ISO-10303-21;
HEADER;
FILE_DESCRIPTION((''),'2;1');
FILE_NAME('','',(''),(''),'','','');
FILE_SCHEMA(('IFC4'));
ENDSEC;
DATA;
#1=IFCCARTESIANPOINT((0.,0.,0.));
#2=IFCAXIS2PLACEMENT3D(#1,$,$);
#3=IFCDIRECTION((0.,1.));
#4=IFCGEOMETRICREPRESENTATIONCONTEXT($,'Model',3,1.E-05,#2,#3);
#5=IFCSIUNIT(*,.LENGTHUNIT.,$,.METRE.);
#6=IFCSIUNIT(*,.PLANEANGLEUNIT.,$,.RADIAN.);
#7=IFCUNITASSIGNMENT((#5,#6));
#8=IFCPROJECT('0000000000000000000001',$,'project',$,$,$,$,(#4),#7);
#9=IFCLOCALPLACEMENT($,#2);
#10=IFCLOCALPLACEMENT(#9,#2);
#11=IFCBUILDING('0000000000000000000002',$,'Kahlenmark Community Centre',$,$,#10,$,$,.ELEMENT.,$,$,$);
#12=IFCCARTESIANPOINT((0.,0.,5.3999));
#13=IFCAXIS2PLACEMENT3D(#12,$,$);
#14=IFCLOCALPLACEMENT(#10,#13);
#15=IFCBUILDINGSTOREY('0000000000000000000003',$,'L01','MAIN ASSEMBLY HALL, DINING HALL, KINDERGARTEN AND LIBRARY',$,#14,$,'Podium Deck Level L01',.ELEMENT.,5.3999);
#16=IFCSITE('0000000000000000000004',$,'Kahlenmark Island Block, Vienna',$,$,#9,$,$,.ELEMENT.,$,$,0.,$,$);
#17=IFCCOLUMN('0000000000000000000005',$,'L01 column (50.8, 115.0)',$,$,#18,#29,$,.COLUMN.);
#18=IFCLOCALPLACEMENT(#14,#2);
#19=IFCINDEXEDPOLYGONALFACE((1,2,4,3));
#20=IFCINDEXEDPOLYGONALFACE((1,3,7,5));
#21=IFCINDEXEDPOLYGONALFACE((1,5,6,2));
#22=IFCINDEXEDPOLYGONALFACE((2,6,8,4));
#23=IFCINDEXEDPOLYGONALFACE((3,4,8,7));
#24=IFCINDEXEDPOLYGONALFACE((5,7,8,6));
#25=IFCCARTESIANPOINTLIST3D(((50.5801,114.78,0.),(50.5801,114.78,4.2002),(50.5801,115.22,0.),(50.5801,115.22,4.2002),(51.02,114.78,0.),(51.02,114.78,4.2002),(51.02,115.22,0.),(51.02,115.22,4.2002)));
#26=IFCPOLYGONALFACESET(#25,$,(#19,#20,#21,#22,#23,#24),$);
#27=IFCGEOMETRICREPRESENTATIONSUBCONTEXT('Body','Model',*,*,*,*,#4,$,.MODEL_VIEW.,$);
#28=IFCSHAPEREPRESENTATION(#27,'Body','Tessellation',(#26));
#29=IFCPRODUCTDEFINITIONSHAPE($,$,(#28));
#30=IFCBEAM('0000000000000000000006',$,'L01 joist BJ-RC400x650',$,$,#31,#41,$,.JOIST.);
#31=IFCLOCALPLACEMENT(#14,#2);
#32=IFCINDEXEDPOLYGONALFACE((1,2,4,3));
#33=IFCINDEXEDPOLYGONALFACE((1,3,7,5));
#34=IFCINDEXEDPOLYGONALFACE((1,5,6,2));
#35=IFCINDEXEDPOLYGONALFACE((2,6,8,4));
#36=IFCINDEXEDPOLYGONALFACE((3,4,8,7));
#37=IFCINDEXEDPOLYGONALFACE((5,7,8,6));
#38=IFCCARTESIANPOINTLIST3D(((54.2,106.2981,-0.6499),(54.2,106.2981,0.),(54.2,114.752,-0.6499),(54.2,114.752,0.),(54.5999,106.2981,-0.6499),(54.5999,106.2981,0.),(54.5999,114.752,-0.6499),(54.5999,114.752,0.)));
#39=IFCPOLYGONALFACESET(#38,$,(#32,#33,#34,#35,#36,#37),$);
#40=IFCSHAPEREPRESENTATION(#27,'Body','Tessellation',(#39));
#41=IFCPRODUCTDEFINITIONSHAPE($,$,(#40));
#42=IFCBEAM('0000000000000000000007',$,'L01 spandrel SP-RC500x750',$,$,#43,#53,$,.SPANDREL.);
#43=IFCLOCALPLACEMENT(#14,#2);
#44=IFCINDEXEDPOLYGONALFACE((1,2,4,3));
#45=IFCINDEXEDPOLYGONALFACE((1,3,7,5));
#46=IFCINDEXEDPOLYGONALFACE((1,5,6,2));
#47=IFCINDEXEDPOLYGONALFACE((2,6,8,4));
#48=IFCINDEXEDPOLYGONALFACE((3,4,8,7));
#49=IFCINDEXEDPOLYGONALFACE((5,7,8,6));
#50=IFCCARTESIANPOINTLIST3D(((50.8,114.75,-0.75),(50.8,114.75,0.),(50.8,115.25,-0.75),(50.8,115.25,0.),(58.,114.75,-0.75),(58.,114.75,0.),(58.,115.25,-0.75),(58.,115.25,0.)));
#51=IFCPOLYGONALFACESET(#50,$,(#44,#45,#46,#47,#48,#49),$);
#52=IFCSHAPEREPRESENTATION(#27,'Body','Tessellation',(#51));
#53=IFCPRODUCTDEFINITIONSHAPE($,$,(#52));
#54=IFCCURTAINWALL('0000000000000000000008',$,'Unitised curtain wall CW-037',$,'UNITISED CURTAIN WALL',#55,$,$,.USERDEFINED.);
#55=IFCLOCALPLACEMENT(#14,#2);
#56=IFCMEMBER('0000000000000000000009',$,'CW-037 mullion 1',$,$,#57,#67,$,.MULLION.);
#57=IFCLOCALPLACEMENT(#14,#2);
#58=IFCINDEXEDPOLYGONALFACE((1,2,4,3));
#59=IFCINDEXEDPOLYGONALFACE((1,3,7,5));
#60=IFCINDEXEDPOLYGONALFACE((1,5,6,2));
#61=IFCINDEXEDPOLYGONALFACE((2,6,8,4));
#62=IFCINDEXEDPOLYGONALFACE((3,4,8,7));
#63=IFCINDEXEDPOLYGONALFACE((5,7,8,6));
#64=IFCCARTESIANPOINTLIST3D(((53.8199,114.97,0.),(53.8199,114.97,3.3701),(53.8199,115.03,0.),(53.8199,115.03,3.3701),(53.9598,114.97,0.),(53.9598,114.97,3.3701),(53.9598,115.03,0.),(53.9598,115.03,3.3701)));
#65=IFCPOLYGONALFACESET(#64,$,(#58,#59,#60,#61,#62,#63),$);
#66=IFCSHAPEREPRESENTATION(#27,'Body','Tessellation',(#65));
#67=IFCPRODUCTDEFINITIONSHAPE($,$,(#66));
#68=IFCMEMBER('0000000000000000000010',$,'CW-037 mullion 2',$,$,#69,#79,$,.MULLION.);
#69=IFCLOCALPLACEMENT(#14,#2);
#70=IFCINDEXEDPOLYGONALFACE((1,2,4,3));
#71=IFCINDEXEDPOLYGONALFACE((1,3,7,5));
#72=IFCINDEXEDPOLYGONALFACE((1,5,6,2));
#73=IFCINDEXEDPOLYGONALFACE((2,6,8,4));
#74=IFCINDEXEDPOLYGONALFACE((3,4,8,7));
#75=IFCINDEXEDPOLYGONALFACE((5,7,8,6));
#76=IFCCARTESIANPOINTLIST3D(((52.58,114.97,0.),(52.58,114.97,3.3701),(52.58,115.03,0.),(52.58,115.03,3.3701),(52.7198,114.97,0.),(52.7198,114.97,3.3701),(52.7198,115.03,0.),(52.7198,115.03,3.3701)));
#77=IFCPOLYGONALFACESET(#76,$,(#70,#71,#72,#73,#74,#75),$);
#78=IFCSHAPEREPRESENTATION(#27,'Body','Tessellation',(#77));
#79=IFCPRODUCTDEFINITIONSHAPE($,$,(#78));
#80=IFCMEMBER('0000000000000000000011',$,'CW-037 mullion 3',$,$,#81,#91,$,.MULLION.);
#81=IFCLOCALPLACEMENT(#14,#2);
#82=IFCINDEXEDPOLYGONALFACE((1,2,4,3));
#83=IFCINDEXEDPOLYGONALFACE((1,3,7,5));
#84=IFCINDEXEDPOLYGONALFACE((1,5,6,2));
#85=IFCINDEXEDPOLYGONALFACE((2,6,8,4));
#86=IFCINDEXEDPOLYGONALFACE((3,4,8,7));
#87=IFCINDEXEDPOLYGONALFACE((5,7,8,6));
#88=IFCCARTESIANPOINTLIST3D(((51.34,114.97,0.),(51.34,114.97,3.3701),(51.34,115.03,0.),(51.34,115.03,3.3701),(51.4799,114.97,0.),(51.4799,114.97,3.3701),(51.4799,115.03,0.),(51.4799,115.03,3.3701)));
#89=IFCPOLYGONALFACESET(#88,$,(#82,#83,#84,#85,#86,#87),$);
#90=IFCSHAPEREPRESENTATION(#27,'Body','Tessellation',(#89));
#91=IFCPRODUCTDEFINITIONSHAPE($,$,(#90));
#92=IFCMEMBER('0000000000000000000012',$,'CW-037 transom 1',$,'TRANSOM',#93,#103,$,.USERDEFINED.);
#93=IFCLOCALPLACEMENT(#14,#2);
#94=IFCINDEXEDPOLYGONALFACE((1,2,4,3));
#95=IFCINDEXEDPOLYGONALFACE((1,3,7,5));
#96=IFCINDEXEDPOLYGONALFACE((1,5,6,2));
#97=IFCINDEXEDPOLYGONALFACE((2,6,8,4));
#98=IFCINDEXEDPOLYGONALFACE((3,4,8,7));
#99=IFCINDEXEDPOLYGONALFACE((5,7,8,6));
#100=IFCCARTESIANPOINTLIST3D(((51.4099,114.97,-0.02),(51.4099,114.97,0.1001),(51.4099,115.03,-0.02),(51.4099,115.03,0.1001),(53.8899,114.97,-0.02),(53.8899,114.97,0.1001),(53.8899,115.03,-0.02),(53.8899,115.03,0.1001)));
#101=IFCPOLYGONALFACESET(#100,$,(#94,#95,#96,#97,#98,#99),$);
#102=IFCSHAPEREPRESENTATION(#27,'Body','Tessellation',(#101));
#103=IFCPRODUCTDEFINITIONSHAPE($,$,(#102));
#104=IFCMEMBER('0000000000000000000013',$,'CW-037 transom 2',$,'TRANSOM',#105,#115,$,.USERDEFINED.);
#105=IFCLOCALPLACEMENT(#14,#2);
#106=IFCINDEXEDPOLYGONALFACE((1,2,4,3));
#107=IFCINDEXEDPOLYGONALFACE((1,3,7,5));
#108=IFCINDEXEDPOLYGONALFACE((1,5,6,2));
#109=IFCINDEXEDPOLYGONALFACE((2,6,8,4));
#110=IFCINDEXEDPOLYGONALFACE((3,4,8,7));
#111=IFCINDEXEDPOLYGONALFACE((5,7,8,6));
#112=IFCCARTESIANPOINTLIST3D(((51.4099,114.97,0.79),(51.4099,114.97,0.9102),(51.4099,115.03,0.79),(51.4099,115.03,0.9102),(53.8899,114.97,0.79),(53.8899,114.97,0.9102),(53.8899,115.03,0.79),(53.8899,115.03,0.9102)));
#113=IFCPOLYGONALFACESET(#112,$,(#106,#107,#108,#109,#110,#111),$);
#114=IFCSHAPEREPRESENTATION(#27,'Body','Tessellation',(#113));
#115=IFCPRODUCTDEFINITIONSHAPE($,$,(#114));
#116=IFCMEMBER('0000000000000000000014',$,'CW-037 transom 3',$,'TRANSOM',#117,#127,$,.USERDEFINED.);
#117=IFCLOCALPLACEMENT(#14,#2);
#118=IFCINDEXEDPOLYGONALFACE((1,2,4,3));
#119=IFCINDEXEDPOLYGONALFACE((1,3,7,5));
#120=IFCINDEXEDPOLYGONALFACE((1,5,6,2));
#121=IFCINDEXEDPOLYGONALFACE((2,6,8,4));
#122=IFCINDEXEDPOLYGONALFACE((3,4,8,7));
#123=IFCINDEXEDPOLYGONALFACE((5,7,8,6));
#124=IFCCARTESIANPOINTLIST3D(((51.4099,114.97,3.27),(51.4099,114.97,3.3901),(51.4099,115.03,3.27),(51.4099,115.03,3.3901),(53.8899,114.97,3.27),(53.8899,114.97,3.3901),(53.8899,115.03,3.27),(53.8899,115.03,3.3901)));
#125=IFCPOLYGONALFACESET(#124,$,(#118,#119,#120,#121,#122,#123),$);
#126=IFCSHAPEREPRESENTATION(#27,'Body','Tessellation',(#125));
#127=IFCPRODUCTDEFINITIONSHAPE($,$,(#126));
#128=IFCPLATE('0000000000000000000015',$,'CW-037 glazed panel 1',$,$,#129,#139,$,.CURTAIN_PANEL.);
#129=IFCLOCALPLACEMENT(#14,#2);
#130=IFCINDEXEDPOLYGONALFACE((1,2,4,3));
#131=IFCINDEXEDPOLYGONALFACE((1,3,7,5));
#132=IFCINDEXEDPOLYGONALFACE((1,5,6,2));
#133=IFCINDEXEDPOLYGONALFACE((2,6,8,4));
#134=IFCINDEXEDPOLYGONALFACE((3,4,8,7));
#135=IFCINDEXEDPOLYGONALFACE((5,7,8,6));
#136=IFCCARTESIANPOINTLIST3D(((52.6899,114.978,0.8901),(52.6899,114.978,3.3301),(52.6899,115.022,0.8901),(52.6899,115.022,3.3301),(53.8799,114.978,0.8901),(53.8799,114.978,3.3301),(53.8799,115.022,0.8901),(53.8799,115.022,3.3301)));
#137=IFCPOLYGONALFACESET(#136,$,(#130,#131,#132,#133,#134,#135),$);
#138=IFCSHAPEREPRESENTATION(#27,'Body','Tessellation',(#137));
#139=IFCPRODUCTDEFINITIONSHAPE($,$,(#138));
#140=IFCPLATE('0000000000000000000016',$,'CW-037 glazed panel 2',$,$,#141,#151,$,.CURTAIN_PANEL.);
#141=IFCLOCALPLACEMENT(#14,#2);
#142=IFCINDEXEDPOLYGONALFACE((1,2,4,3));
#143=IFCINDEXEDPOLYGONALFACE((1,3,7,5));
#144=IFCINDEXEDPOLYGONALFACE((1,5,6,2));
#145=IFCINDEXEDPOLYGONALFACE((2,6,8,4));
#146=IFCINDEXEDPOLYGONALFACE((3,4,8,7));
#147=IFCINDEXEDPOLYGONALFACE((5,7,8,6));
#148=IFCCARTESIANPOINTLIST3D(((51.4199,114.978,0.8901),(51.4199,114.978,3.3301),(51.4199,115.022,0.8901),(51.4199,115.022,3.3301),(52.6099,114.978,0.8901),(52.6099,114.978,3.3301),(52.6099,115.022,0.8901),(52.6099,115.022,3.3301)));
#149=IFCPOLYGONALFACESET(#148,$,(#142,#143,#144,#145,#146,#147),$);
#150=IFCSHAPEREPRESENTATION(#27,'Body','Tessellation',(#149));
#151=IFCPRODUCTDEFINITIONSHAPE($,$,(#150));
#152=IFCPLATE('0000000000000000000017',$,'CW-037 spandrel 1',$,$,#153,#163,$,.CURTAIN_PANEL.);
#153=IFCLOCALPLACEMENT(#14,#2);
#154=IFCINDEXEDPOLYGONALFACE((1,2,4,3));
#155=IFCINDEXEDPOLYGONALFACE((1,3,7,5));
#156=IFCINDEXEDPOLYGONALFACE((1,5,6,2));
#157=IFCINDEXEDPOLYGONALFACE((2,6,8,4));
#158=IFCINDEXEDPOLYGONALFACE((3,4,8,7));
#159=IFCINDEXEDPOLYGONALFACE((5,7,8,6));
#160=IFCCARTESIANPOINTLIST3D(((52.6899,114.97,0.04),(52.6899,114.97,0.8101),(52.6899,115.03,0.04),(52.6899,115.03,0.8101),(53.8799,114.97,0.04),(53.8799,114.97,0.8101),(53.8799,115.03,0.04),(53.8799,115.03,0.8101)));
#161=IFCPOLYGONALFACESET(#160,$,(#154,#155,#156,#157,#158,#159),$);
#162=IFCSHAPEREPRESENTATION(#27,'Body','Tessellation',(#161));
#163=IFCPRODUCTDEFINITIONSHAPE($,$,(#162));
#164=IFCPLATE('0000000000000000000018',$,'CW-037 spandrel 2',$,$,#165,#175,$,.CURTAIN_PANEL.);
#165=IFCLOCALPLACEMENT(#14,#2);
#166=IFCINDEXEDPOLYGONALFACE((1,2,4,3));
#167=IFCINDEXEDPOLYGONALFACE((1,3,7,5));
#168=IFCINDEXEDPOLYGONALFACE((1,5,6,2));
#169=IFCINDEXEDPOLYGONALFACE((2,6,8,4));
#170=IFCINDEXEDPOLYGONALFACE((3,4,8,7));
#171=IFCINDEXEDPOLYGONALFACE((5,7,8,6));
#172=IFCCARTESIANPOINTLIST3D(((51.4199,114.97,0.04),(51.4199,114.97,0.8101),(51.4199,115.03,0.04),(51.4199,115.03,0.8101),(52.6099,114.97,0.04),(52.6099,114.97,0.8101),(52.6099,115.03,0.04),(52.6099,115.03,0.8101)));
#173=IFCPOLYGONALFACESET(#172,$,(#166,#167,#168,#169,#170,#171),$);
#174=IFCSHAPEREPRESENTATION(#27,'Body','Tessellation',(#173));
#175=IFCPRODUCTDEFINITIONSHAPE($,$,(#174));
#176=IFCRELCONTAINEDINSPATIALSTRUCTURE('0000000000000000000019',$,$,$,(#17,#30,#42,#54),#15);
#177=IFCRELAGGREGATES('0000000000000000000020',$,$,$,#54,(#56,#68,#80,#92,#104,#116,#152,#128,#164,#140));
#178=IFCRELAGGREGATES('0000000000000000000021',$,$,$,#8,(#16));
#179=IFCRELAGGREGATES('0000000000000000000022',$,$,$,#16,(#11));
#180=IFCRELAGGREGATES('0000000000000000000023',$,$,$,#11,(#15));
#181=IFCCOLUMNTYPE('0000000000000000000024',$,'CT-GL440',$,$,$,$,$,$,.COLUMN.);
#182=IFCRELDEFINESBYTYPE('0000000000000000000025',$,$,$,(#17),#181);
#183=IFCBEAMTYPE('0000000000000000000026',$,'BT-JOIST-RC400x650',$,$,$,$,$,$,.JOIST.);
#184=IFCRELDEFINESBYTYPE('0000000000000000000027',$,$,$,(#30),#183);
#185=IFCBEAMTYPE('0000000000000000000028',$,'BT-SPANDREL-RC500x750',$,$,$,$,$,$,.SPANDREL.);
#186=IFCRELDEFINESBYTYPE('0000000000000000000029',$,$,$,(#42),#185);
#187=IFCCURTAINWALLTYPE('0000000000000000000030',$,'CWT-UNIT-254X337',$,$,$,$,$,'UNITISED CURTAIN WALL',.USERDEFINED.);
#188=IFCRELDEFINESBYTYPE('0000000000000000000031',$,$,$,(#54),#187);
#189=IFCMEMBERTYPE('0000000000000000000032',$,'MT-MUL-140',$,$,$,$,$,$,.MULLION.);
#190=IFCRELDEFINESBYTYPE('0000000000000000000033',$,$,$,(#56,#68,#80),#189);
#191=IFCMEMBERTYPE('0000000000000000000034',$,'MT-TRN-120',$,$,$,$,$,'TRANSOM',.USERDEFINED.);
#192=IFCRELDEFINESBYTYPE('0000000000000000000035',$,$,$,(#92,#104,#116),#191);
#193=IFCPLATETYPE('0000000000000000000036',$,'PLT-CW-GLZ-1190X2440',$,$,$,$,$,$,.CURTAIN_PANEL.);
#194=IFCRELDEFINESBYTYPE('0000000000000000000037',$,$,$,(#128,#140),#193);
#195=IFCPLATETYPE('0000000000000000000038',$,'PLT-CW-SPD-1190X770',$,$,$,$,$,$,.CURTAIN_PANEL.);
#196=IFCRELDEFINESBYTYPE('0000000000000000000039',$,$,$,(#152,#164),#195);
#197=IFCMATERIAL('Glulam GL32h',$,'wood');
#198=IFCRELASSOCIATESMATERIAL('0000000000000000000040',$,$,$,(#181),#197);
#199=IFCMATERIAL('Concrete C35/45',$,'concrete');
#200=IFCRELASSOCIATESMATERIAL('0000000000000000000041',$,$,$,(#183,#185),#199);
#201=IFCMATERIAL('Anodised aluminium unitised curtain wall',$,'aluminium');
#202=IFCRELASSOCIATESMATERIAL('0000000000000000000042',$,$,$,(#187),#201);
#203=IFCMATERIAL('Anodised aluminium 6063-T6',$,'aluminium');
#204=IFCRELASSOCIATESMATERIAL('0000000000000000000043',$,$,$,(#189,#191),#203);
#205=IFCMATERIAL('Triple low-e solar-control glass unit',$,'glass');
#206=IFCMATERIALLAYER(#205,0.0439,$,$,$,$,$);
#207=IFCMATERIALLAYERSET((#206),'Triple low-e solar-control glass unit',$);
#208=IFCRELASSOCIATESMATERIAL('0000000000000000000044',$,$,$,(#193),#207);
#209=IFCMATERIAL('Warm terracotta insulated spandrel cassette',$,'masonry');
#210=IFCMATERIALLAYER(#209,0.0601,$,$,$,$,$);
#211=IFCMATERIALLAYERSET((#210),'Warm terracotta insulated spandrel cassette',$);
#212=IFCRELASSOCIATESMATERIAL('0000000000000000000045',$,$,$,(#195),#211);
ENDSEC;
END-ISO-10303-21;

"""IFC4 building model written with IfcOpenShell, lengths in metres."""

from ifc_helpers import new_model, si_unit, direction, frame, origin, origin_2d, place, context, subcontext, project, spatial, rectangle, extrude, material, layer, layer_set, material_profile, profile_set, type_object, element, aggregate, save


model = new_model("IFC4")

# Units and contexts
model_context = context("Model", 3, precision=1e-05, world=origin(), true_north=direction((0.0, 1.0)))
body_context = subcontext(model_context, "Body", "Model", "MODEL_VIEW")
ifc_project = project(units=[si_unit("LENGTHUNIT", "METRE"), si_unit("PLANEANGLEUNIT", "RADIAN")], contexts=[model_context])

# Site, building, storey
site_placement = place(None, origin())
site = spatial("IfcSite", under=ifc_project, at=site_placement, Name="Kahlenmark Island Block, Vienna", CompositionType="ELEMENT", RefElevation=0.0)
building_placement = place(site_placement, origin())
building = spatial("IfcBuilding", under=site, at=building_placement, Name="Kahlenmark Community Centre", CompositionType="ELEMENT")
storey_placement = place(building_placement, frame((0.0, 0.0, 5.3999)))
storey = spatial("IfcBuildingStorey", under=building, at=storey_placement, Name="L01", Description="MAIN ASSEMBLY HALL, DINING HALL, KINDERGARTEN AND LIBRARY", LongName="Podium Deck Level L01", CompositionType="ELEMENT", Elevation=5.3999)

# Column
ifc_material_1 = material(Name="Glulam GL32h", Category="wood")
ifc_material_profile_1 = material_profile(ifc_material_1, rectangle(XDim=0.4399, YDim=0.4399, at=origin_2d()), Name="GL32h 440x440")
ifc_profile_set_1 = profile_set([ifc_material_profile_1], Name="Glulam GL32h")
column_type = type_object("IfcColumnType", Name="CT-GL440", PredefinedType="COLUMN", material=ifc_profile_set_1)
column_placement = place(storey_placement, frame((50.8, 115.0, 0.0), z_axis=(0.0, 0.0, 1.0), x_axis=(1.0, 0.0, 0.0)))
element("IfcColumn", 1, at=column_placement, inside=storey, type_object=column_type, Name="L01 column (50.8, 115.0)", PredefinedType="COLUMN", context=body_context, shape_type="SweptSolid", body=[
    extrude(rectangle(XDim=0.4399, YDim=0.4399, at=origin_2d()), origin(), (0.0, 0.0, 1.0), 4.2002),
])

# Beams
ifc_material_2 = material(Name="Concrete C35/45", Category="concrete")
ifc_material_profile_2 = material_profile(ifc_material_2, rectangle(XDim=0.3999, YDim=0.6499, at=origin_2d()), Name="RC 400x650")
ifc_profile_set_2 = profile_set([ifc_material_profile_2], Name="Concrete C35/45")
beam_type_1 = type_object("IfcBeamType", Name="BT-JOIST-RC400x650", PredefinedType="JOIST", material=ifc_profile_set_2)
beam_1_placement = place(storey_placement, frame((54.3999, 106.2981, -0.325), z_axis=(0.0, 1.0, 0.0), x_axis=(-1.0, 0.0, 0.0)))
element("IfcBeam", 2, at=beam_1_placement, inside=storey, type_object=beam_type_1, Name="L01 joist BJ-RC400x650", PredefinedType="JOIST", context=body_context, shape_type="SweptSolid", body=[
    extrude(rectangle(XDim=0.3999, YDim=0.6499, at=origin_2d()), origin(), (0.0, 0.0, 1.0), 8.4539),
])
ifc_material_profile_3 = material_profile(ifc_material_2, rectangle(XDim=0.5, YDim=0.75, at=origin_2d()), Name="RC 500x750")
ifc_profile_set_3 = profile_set([ifc_material_profile_3], Name="Concrete C35/45")
beam_type_2 = type_object("IfcBeamType", Name="BT-SPANDREL-RC500x750", PredefinedType="SPANDREL", material=ifc_profile_set_3)
beam_2_placement = place(storey_placement, frame((50.8, 115.0, -0.375), z_axis=(1.0, 0.0, 0.0), x_axis=(0.0, 1.0, 0.0)))
element("IfcBeam", 3, at=beam_2_placement, inside=storey, type_object=beam_type_2, Name="L01 spandrel SP-RC500x750", PredefinedType="SPANDREL", context=body_context, shape_type="SweptSolid", body=[
    extrude(rectangle(XDim=0.5, YDim=0.75, at=origin_2d()), origin(), (0.0, 0.0, 1.0), 7.2),
])

# Curtain wall, members, plates
ifc_material_3 = material(Name="Anodised aluminium unitised curtain wall", Category="aluminium")
curtain_wall_type = type_object("IfcCurtainWallType", Name="CWT-UNIT-254X337", ElementType="UNITISED CURTAIN WALL", PredefinedType="USERDEFINED", material=ifc_material_3)
curtain_wall_placement = place(storey_placement, origin())
curtain_wall = element("IfcCurtainWall", 4, at=curtain_wall_placement, inside=storey, type_object=curtain_wall_type, Name="Unitised curtain wall CW-037", ObjectType="UNITISED CURTAIN WALL", PredefinedType="USERDEFINED")
ifc_material_4 = material(Name="Anodised aluminium 6063-T6", Category="aluminium")
ifc_material_profile_4 = material_profile(ifc_material_4, rectangle(XDim=0.0601, YDim=0.1399, at=origin_2d()), Name="ALU MULLION 60x140")
ifc_profile_set_4 = profile_set([ifc_material_profile_4], Name="Anodised aluminium 6063-T6")
member_type_1 = type_object("IfcMemberType", Name="MT-MUL-140", PredefinedType="MULLION", material=ifc_profile_set_4)
member_1_placement = place(storey_placement, frame((53.8899, 115.0, 0.0), z_axis=(0.0, 0.0, 1.0), x_axis=(0.0, -1.0, 0.0)))
member_1 = element("IfcMember", 5, at=member_1_placement, type_object=member_type_1, Name="CW-037 mullion 1", PredefinedType="MULLION", context=body_context, shape_type="SweptSolid", body=[
    extrude(rectangle(XDim=0.0601, YDim=0.1399, at=origin_2d()), origin(), (0.0, 0.0, 1.0), 3.3701),
])
member_2_placement = place(storey_placement, frame((52.6499, 115.0, 0.0), z_axis=(0.0, 0.0, 1.0), x_axis=(0.0, -1.0, 0.0)))
member_2 = element("IfcMember", 6, at=member_2_placement, type_object=member_type_1, Name="CW-037 mullion 2", PredefinedType="MULLION", context=body_context, shape_type="SweptSolid", body=[
    extrude(rectangle(XDim=0.0601, YDim=0.1399, at=origin_2d()), origin(), (0.0, 0.0, 1.0), 3.3701),
])
member_3_placement = place(storey_placement, frame((51.4099, 115.0, 0.0), z_axis=(0.0, 0.0, 1.0), x_axis=(0.0, -1.0, 0.0)))
member_3 = element("IfcMember", 7, at=member_3_placement, type_object=member_type_1, Name="CW-037 mullion 3", PredefinedType="MULLION", context=body_context, shape_type="SweptSolid", body=[
    extrude(rectangle(XDim=0.0601, YDim=0.1399, at=origin_2d()), origin(), (0.0, 0.0, 1.0), 3.3701),
])
ifc_material_profile_5 = material_profile(ifc_material_4, rectangle(XDim=0.0601, YDim=0.1201, at=origin_2d()), Name="ALU TRANSOM 60x120")
ifc_profile_set_5 = profile_set([ifc_material_profile_5], Name="Anodised aluminium 6063-T6")
member_type_2 = type_object("IfcMemberType", Name="MT-TRN-120", ElementType="TRANSOM", PredefinedType="USERDEFINED", material=ifc_profile_set_5)
member_4_placement = place(storey_placement, frame((53.8899, 115.0, 0.04), z_axis=(-1.0, 0.0, 0.0), x_axis=(0.0, -1.0, 0.0)))
member_4 = element("IfcMember", 8, at=member_4_placement, type_object=member_type_2, Name="CW-037 transom 1", ObjectType="TRANSOM", PredefinedType="USERDEFINED", context=body_context, shape_type="SweptSolid", body=[
    extrude(rectangle(XDim=0.0601, YDim=0.1201, at=origin_2d()), origin(), (0.0, 0.0, 1.0), 2.48),
])
member_5_placement = place(storey_placement, frame((53.8899, 115.0, 0.8501), z_axis=(-1.0, 0.0, 0.0), x_axis=(0.0, -1.0, 0.0)))
member_5 = element("IfcMember", 9, at=member_5_placement, type_object=member_type_2, Name="CW-037 transom 2", ObjectType="TRANSOM", PredefinedType="USERDEFINED", context=body_context, shape_type="SweptSolid", body=[
    extrude(rectangle(XDim=0.0601, YDim=0.1201, at=origin_2d()), origin(), (0.0, 0.0, 1.0), 2.48),
])
member_6_placement = place(storey_placement, frame((53.8899, 115.0, 3.3301), z_axis=(-1.0, 0.0, 0.0), x_axis=(0.0, -1.0, 0.0)))
member_6 = element("IfcMember", 10, at=member_6_placement, type_object=member_type_2, Name="CW-037 transom 3", ObjectType="TRANSOM", PredefinedType="USERDEFINED", context=body_context, shape_type="SweptSolid", body=[
    extrude(rectangle(XDim=0.0601, YDim=0.1201, at=origin_2d()), origin(), (0.0, 0.0, 1.0), 2.48),
])
ifc_material_5 = material(Name="Triple low-e solar-control glass unit", Category="glass")
ifc_layer_1 = layer(ifc_material_5, 0.0439)
ifc_layer_set_1 = layer_set([ifc_layer_1], Name="Triple low-e solar-control glass unit")
plate_type_1 = type_object("IfcPlateType", Name="PLT-CW-GLZ-1190X2440", PredefinedType="CURTAIN_PANEL", material=ifc_layer_set_1)
plate_1_placement = place(storey_placement, frame((53.2849, 115.0, 0.8901), z_axis=(0.0, 0.0, 1.0), x_axis=(-1.0, 0.0, 0.0)))
plate_1 = element("IfcPlate", 11, at=plate_1_placement, type_object=plate_type_1, Name="CW-037 glazed panel 1", PredefinedType="CURTAIN_PANEL", context=body_context, shape_type="SweptSolid", body=[
    extrude(rectangle(XDim=1.1899, YDim=0.0439, at=origin_2d()), origin(), (0.0, 0.0, 1.0), 2.4399),
])
plate_2_placement = place(storey_placement, frame((52.0149, 115.0, 0.8901), z_axis=(0.0, 0.0, 1.0), x_axis=(-1.0, 0.0, 0.0)))
plate_2 = element("IfcPlate", 12, at=plate_2_placement, type_object=plate_type_1, Name="CW-037 glazed panel 2", PredefinedType="CURTAIN_PANEL", context=body_context, shape_type="SweptSolid", body=[
    extrude(rectangle(XDim=1.1899, YDim=0.0439, at=origin_2d()), origin(), (0.0, 0.0, 1.0), 2.4399),
])
ifc_material_6 = material(Name="Warm terracotta insulated spandrel cassette", Category="masonry")
ifc_layer_2 = layer(ifc_material_6, 0.0601)
ifc_layer_set_2 = layer_set([ifc_layer_2], Name="Warm terracotta insulated spandrel cassette")
plate_type_2 = type_object("IfcPlateType", Name="PLT-CW-SPD-1190X770", PredefinedType="CURTAIN_PANEL", material=ifc_layer_set_2)
plate_3_placement = place(storey_placement, frame((53.2849, 115.0, 0.04), z_axis=(0.0, 0.0, 1.0), x_axis=(-1.0, 0.0, 0.0)))
plate_3 = element("IfcPlate", 13, at=plate_3_placement, type_object=plate_type_2, Name="CW-037 spandrel 1", PredefinedType="CURTAIN_PANEL", context=body_context, shape_type="SweptSolid", body=[
    extrude(rectangle(XDim=1.1899, YDim=0.0601, at=origin_2d()), origin(), (0.0, 0.0, 1.0), 0.77),
])
plate_4_placement = place(storey_placement, frame((52.0149, 115.0, 0.04), z_axis=(0.0, 0.0, 1.0), x_axis=(-1.0, 0.0, 0.0)))
plate_4 = element("IfcPlate", 14, at=plate_4_placement, type_object=plate_type_2, Name="CW-037 spandrel 2", PredefinedType="CURTAIN_PANEL", context=body_context, shape_type="SweptSolid", body=[
    extrude(rectangle(XDim=1.1899, YDim=0.0601, at=origin_2d()), origin(), (0.0, 0.0, 1.0), 0.77),
])
aggregate(curtain_wall, [member_1, member_2, member_3, member_4, member_5, member_6, plate_3, plate_1, plate_4, plate_2])

save(model, "model.ifc")
